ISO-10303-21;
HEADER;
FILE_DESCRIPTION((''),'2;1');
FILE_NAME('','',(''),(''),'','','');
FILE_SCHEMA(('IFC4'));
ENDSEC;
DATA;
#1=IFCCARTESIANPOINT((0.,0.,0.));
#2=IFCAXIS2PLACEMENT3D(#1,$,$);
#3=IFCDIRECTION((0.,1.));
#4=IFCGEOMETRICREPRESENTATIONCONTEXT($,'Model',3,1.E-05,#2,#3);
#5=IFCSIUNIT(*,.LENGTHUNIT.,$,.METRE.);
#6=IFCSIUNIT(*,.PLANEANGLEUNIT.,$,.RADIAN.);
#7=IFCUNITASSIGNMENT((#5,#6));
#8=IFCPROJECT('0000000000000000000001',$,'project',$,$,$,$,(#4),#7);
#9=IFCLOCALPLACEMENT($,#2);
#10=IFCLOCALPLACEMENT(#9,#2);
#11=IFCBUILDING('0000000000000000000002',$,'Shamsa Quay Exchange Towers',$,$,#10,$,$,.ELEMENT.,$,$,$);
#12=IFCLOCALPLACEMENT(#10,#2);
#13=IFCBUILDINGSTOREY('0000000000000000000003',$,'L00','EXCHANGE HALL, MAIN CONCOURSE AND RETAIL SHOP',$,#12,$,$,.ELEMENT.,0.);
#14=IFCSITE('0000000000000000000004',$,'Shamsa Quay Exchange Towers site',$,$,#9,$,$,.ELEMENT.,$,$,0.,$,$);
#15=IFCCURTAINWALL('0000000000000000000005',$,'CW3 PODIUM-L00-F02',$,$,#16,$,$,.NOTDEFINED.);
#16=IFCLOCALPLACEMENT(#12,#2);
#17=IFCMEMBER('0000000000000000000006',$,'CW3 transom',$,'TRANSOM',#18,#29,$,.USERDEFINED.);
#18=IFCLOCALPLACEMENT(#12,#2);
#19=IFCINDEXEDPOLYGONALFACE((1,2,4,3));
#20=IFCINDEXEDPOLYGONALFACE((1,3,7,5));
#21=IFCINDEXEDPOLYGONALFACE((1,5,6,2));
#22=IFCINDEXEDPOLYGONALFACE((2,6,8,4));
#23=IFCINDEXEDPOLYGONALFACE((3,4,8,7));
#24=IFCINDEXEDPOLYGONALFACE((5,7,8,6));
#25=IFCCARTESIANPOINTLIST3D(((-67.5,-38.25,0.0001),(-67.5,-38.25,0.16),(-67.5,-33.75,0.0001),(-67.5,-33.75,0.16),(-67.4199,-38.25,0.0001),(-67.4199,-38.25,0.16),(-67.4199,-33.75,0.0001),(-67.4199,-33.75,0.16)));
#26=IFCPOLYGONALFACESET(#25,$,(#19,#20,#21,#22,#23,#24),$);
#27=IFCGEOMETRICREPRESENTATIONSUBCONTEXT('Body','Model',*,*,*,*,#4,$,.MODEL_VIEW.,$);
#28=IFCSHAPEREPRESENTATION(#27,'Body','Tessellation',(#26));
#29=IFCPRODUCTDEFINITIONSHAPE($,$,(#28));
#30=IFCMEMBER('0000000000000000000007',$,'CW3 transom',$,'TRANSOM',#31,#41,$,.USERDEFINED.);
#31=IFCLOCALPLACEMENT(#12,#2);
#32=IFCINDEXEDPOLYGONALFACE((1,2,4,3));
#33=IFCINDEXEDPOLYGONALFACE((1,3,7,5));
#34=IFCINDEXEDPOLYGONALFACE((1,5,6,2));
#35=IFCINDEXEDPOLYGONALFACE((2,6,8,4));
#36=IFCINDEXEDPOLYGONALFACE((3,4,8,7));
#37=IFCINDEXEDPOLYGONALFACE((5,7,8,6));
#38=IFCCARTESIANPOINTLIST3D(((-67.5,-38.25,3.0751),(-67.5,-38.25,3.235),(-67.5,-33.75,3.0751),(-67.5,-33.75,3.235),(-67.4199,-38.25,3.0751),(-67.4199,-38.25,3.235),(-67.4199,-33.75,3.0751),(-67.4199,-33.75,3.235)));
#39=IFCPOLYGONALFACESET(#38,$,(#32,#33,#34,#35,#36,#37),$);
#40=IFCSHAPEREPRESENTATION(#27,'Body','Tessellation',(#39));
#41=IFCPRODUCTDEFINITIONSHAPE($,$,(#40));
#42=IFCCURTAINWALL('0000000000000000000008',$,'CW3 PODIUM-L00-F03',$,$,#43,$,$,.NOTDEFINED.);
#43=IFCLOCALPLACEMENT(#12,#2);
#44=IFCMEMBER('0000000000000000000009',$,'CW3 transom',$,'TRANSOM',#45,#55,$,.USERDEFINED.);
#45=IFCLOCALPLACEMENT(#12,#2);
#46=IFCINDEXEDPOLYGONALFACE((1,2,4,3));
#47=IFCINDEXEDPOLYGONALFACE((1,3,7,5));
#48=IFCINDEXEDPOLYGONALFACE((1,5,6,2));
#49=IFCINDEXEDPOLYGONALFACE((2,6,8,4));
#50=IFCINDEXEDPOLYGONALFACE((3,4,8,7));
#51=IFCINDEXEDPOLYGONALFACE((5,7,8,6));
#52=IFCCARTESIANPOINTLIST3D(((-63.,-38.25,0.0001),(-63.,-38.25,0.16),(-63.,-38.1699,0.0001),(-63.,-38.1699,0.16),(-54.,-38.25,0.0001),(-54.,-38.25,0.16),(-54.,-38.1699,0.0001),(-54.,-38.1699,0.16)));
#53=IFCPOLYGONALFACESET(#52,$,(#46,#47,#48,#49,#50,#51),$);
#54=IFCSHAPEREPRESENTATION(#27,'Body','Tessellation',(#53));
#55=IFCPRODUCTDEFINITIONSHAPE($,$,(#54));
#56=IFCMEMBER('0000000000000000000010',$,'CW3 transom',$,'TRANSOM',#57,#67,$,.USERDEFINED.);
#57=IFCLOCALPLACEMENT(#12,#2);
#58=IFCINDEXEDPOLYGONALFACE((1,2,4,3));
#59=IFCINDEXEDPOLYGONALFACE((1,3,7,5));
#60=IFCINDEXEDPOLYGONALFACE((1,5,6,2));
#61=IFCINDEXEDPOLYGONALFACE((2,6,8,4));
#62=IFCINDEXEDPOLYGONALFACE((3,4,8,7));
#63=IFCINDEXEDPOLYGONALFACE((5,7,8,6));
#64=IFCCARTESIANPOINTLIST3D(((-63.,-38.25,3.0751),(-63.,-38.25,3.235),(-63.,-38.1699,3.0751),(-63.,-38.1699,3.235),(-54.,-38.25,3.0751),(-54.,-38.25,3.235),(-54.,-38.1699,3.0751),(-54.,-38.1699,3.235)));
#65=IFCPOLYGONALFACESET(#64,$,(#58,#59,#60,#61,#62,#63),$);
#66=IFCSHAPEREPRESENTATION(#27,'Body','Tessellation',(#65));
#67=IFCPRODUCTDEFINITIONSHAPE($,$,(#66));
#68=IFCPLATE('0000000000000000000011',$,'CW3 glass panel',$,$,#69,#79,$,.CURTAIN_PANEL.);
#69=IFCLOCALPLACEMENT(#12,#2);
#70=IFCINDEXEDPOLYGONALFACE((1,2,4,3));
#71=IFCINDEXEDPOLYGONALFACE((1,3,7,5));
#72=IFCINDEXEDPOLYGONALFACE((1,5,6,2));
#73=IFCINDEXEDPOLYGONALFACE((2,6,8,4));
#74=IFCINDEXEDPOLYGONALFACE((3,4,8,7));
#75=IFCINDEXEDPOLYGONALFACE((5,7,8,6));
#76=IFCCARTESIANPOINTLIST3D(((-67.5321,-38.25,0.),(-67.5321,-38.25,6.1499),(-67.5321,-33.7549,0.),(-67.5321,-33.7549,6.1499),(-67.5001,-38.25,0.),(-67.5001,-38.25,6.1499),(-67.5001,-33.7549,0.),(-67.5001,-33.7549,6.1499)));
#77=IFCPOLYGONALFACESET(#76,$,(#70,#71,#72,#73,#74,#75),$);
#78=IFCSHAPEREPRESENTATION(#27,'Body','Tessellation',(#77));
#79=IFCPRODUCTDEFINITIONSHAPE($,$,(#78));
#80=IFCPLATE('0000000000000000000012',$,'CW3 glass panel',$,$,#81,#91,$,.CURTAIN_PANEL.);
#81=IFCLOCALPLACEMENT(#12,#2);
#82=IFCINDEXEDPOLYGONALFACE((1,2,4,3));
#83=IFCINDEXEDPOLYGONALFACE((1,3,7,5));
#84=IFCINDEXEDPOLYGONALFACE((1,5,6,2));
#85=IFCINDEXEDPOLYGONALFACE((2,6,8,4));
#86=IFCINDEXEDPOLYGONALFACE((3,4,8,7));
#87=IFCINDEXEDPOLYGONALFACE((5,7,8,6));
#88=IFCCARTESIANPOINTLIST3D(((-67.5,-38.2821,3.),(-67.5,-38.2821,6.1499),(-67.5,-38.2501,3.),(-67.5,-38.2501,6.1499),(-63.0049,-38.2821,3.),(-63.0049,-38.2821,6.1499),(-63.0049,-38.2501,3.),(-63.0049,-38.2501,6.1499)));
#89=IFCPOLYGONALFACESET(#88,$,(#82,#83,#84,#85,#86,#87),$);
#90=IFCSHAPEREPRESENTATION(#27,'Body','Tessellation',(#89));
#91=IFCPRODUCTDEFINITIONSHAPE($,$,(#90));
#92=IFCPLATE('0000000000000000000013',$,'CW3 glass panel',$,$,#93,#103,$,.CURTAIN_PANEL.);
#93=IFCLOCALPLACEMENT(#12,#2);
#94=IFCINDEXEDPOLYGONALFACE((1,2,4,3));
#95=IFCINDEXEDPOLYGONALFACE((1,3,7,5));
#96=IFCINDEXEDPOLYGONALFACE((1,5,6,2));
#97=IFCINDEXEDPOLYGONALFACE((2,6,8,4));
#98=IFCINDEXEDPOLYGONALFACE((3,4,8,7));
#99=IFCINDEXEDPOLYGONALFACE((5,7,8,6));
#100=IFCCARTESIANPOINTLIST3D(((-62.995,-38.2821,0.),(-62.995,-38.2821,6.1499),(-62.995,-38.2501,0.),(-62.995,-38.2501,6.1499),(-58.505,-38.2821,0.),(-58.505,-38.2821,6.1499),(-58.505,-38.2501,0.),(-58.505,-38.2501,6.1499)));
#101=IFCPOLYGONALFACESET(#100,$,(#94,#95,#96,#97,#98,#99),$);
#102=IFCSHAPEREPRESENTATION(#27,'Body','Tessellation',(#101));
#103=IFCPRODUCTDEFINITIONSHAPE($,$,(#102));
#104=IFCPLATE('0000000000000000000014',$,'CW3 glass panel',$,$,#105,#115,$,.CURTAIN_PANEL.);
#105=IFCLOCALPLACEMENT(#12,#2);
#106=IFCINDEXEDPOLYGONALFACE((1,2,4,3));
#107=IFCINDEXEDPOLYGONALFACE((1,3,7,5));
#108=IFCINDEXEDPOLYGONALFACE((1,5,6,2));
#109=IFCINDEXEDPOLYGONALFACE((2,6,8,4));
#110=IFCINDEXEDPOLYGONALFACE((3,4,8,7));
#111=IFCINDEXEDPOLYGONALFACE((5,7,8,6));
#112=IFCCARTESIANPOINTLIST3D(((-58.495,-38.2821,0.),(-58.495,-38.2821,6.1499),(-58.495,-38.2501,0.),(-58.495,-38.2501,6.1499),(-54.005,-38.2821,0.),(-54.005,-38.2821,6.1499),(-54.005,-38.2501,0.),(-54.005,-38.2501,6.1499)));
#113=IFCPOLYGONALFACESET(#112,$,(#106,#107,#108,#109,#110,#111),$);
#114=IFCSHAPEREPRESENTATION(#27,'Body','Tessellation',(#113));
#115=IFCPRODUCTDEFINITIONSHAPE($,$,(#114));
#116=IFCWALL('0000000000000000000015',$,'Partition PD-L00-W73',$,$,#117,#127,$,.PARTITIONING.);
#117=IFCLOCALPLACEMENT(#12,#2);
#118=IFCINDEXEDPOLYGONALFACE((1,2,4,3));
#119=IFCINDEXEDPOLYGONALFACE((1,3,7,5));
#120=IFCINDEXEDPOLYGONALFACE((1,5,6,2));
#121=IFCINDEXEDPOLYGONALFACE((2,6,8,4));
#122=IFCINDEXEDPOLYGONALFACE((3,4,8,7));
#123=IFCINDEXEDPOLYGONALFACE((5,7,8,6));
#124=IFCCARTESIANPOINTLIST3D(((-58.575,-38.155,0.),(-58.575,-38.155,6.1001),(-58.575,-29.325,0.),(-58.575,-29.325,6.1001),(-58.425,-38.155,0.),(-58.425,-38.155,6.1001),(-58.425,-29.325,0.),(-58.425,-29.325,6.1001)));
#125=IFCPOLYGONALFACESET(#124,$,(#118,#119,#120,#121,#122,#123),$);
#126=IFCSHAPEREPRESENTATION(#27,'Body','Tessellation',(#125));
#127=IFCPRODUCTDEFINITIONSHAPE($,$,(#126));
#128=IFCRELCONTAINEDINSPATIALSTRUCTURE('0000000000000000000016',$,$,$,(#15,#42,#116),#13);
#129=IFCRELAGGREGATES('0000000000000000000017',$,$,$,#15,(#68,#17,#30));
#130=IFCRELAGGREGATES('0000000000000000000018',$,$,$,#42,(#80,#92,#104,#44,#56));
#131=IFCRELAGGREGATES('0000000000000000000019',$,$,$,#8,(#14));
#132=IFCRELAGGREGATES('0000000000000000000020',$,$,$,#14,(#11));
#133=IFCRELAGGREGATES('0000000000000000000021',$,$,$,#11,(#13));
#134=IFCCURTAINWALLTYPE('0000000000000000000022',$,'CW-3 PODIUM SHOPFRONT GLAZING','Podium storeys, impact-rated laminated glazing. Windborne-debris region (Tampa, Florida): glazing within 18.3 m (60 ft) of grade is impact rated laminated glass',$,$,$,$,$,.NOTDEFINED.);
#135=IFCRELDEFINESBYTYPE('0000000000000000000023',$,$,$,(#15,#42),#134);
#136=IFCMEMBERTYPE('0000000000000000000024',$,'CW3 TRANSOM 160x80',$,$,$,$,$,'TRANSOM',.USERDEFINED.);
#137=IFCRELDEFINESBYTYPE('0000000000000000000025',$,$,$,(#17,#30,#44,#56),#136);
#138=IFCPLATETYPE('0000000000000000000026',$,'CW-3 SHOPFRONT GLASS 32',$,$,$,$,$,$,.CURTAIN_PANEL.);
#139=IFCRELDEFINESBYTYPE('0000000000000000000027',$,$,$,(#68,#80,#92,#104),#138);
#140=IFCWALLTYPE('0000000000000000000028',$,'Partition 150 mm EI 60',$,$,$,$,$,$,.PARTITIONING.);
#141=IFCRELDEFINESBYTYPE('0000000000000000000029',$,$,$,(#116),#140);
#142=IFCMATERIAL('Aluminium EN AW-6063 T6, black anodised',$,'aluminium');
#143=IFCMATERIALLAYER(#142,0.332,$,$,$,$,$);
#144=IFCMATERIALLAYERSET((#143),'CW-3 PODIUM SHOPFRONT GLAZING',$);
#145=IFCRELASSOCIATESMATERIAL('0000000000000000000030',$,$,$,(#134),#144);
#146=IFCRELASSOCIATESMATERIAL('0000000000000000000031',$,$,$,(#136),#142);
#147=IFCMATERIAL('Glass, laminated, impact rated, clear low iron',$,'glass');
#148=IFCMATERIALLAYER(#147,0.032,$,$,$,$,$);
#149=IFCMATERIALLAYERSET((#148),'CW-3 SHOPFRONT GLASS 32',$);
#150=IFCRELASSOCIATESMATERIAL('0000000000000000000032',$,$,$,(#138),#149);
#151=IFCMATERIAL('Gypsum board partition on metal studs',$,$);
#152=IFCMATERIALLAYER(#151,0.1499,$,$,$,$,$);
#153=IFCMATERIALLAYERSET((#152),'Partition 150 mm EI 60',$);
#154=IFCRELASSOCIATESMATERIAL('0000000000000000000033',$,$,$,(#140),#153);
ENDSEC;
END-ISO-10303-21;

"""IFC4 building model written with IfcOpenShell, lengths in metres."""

from ifc_helpers import new_model, si_unit, direction, frame, frame_2d, origin, origin_2d, place, context, subcontext, project, spatial, rectangle, extrude, material, layer, layer_set, material_profile, profile_set, type_object, element, aggregate, save


model = new_model("IFC4")

# Units and contexts
model_context = context("Model", 3, precision=1e-05, world=origin(), true_north=direction((0.0, 1.0)))
body_context = subcontext(model_context, "Body", "Model", "MODEL_VIEW")
ifc_project = project(units=[si_unit("LENGTHUNIT", "METRE"), si_unit("PLANEANGLEUNIT", "RADIAN")], contexts=[model_context])

# Site, building, storey
site_placement = place(None, origin())
site = spatial("IfcSite", under=ifc_project, at=site_placement, Name="Shamsa Quay Exchange Towers site", CompositionType="ELEMENT", RefElevation=0.0)
building_placement = place(site_placement, origin())
building = spatial("IfcBuilding", under=site, at=building_placement, Name="Shamsa Quay Exchange Towers", CompositionType="ELEMENT")
storey_placement = place(building_placement, origin())
storey = spatial("IfcBuildingStorey", under=building, at=storey_placement, Name="L00", Description="EXCHANGE HALL, MAIN CONCOURSE AND RETAIL SHOP", CompositionType="ELEMENT", Elevation=0.0)

# Curtain walls, members
ifc_material_1 = material(Name="Aluminium EN AW-6063 T6, black anodised", Category="aluminium")
ifc_layer_1 = layer(ifc_material_1, 0.332)
ifc_layer_set_1 = layer_set([ifc_layer_1], Name="CW-3 PODIUM SHOPFRONT GLAZING")
curtain_wall_type = type_object("IfcCurtainWallType", Name="CW-3 PODIUM SHOPFRONT GLAZING", Description="Podium storeys, impact-rated laminated glazing. Windborne-debris region (Tampa, Florida): glazing within 18.3 m (60 ft) of grade is impact rated laminated glass", PredefinedType="NOTDEFINED", material=ifc_layer_set_1)
curtain_wall_1_placement = place(storey_placement, origin())
curtain_wall_1 = element("IfcCurtainWall", 1, at=curtain_wall_1_placement, inside=storey, type_object=curtain_wall_type, Name="CW3 PODIUM-L00-F02", PredefinedType="NOTDEFINED")
ifc_material_profile_1 = material_profile(ifc_material_1, rectangle(XDim=0.0801, YDim=0.1599, at=origin_2d()), Name="TR160x80")
ifc_profile_set_1 = profile_set([ifc_material_profile_1], Name="Aluminium EN AW-6063 T6, black anodised")
member_type_1 = type_object("IfcMemberType", Name="CW3 TRANSOM 160x80", ElementType="TRANSOM", PredefinedType="USERDEFINED", material=ifc_profile_set_1)
member_1_placement = place(storey_placement, frame((-67.46, -33.75, 0.0801), z_axis=(0.0, -1.0, 0.0), x_axis=(1.0, 0.0, 0.0)))
member_1 = element("IfcMember", 2, at=member_1_placement, type_object=member_type_1, Name="CW3 transom", ObjectType="TRANSOM", PredefinedType="USERDEFINED", context=body_context, shape_type="SweptSolid", body=[
    extrude(rectangle(XDim=0.0801, YDim=0.1599, at=origin_2d()), origin(), (0.0, 0.0, 1.0), 4.5),
])
member_2_placement = place(storey_placement, frame((-67.46, -33.75, 3.155), z_axis=(0.0, -1.0, 0.0), x_axis=(1.0, 0.0, 0.0)))
member_2 = element("IfcMember", 3, at=member_2_placement, type_object=member_type_1, Name="CW3 transom", ObjectType="TRANSOM", PredefinedType="USERDEFINED", context=body_context, shape_type="SweptSolid", body=[
    extrude(rectangle(XDim=0.0801, YDim=0.1599, at=origin_2d()), origin(), (0.0, 0.0, 1.0), 4.5),
])
curtain_wall_2_placement = place(storey_placement, origin())
curtain_wall_2 = element("IfcCurtainWall", 4, at=curtain_wall_2_placement, inside=storey, type_object=curtain_wall_type, Name="CW3 PODIUM-L00-F03", PredefinedType="NOTDEFINED")
member_3_placement = place(storey_placement, frame((-63.0, -38.21, 0.0801), z_axis=(1.0, 0.0, 0.0), x_axis=(0.0, 1.0, 0.0)))
member_3 = element("IfcMember", 5, at=member_3_placement, type_object=member_type_1, Name="CW3 transom", ObjectType="TRANSOM", PredefinedType="USERDEFINED", context=body_context, shape_type="SweptSolid", body=[
    extrude(rectangle(XDim=0.0801, YDim=0.1599, at=origin_2d()), origin(), (0.0, 0.0, 1.0), 9.0),
])
member_4_placement = place(storey_placement, frame((-63.0, -38.21, 3.155), z_axis=(1.0, 0.0, 0.0), x_axis=(0.0, 1.0, 0.0)))
member_4 = element("IfcMember", 6, at=member_4_placement, type_object=member_type_1, Name="CW3 transom", ObjectType="TRANSOM", PredefinedType="USERDEFINED", context=body_context, shape_type="SweptSolid", body=[
    extrude(rectangle(XDim=0.0801, YDim=0.1599, at=origin_2d()), origin(), (0.0, 0.0, 1.0), 9.0),
])

# Plates
ifc_material_2 = material(Name="Glass, laminated, impact rated, clear low iron", Category="glass")
ifc_layer_2 = layer(ifc_material_2, 0.032)
ifc_layer_set_2 = layer_set([ifc_layer_2], Name="CW-3 SHOPFRONT GLASS 32")
plate_type = type_object("IfcPlateType", Name="CW-3 SHOPFRONT GLASS 32", PredefinedType="CURTAIN_PANEL", material=ifc_layer_set_2)
plate_1_placement = place(storey_placement, frame((-67.5161, -36.0024, 0.0), z_axis=(0.0, 0.0, 1.0), x_axis=(0.0, -1.0, 0.0)))
plate_1 = element("IfcPlate", 7, at=plate_1_placement, type_object=plate_type, Name="CW3 glass panel", PredefinedType="CURTAIN_PANEL", context=body_context, shape_type="SweptSolid", body=[
    extrude(rectangle(XDim=4.4951, YDim=0.032, at=origin_2d()), origin(), (0.0, 0.0, 1.0), 6.1499),
])
aggregate(curtain_wall_1, [plate_1, member_1, member_2])
plate_2_placement = place(storey_placement, frame((-65.2524, -38.2661, 3.0)))
plate_2 = element("IfcPlate", 8, at=plate_2_placement, type_object=plate_type, Name="CW3 glass panel", PredefinedType="CURTAIN_PANEL", context=body_context, shape_type="SweptSolid", body=[
    extrude(rectangle(XDim=4.4951, YDim=0.032, at=origin_2d()), origin(), (0.0, 0.0, 1.0), 3.1499),
])
plate_3_placement = place(storey_placement, frame((-60.75, -38.2661, 0.0)))
plate_3 = element("IfcPlate", 9, at=plate_3_placement, type_object=plate_type, Name="CW3 glass panel", PredefinedType="CURTAIN_PANEL", context=body_context, shape_type="SweptSolid", body=[
    extrude(rectangle(XDim=4.49, YDim=0.032, at=origin_2d()), origin(), (0.0, 0.0, 1.0), 6.1499),
])
plate_4_placement = place(storey_placement, frame((-56.25, -38.2661, 0.0)))
plate_4 = element("IfcPlate", 10, at=plate_4_placement, type_object=plate_type, Name="CW3 glass panel", PredefinedType="CURTAIN_PANEL", context=body_context, shape_type="SweptSolid", body=[
    extrude(rectangle(XDim=4.49, YDim=0.032, at=origin_2d()), origin(), (0.0, 0.0, 1.0), 6.1499),
])
aggregate(curtain_wall_2, [plate_2, plate_3, plate_4, member_3, member_4])

# Wall
ifc_material_3 = material(Name="Gypsum board partition on metal studs")
ifc_layer_3 = layer(ifc_material_3, 0.1499)
ifc_layer_set_3 = layer_set([ifc_layer_3], Name="Partition 150 mm EI 60")
wall_type_1 = type_object("IfcWallType", Name="Partition 150 mm EI 60", PredefinedType="PARTITIONING", material=ifc_layer_set_3)
wall_1_placement = place(storey_placement, frame((-58.5, -38.155, 0.0), z_axis=(0.0, 0.0, 1.0), x_axis=(0.0, 1.0, 0.0)))
element("IfcWall", 11, at=wall_1_placement, inside=storey, type_object=wall_type_1, Name="Partition PD-L00-W73", PredefinedType="PARTITIONING", context=body_context, shape_type="SweptSolid", body=[
    extrude(rectangle(XDim=8.8301, YDim=0.1499, at=frame_2d((4.415, 0.0))), origin(), (0.0, 0.0, 1.0), 6.1001),
])

save(model, "model.ifc")
